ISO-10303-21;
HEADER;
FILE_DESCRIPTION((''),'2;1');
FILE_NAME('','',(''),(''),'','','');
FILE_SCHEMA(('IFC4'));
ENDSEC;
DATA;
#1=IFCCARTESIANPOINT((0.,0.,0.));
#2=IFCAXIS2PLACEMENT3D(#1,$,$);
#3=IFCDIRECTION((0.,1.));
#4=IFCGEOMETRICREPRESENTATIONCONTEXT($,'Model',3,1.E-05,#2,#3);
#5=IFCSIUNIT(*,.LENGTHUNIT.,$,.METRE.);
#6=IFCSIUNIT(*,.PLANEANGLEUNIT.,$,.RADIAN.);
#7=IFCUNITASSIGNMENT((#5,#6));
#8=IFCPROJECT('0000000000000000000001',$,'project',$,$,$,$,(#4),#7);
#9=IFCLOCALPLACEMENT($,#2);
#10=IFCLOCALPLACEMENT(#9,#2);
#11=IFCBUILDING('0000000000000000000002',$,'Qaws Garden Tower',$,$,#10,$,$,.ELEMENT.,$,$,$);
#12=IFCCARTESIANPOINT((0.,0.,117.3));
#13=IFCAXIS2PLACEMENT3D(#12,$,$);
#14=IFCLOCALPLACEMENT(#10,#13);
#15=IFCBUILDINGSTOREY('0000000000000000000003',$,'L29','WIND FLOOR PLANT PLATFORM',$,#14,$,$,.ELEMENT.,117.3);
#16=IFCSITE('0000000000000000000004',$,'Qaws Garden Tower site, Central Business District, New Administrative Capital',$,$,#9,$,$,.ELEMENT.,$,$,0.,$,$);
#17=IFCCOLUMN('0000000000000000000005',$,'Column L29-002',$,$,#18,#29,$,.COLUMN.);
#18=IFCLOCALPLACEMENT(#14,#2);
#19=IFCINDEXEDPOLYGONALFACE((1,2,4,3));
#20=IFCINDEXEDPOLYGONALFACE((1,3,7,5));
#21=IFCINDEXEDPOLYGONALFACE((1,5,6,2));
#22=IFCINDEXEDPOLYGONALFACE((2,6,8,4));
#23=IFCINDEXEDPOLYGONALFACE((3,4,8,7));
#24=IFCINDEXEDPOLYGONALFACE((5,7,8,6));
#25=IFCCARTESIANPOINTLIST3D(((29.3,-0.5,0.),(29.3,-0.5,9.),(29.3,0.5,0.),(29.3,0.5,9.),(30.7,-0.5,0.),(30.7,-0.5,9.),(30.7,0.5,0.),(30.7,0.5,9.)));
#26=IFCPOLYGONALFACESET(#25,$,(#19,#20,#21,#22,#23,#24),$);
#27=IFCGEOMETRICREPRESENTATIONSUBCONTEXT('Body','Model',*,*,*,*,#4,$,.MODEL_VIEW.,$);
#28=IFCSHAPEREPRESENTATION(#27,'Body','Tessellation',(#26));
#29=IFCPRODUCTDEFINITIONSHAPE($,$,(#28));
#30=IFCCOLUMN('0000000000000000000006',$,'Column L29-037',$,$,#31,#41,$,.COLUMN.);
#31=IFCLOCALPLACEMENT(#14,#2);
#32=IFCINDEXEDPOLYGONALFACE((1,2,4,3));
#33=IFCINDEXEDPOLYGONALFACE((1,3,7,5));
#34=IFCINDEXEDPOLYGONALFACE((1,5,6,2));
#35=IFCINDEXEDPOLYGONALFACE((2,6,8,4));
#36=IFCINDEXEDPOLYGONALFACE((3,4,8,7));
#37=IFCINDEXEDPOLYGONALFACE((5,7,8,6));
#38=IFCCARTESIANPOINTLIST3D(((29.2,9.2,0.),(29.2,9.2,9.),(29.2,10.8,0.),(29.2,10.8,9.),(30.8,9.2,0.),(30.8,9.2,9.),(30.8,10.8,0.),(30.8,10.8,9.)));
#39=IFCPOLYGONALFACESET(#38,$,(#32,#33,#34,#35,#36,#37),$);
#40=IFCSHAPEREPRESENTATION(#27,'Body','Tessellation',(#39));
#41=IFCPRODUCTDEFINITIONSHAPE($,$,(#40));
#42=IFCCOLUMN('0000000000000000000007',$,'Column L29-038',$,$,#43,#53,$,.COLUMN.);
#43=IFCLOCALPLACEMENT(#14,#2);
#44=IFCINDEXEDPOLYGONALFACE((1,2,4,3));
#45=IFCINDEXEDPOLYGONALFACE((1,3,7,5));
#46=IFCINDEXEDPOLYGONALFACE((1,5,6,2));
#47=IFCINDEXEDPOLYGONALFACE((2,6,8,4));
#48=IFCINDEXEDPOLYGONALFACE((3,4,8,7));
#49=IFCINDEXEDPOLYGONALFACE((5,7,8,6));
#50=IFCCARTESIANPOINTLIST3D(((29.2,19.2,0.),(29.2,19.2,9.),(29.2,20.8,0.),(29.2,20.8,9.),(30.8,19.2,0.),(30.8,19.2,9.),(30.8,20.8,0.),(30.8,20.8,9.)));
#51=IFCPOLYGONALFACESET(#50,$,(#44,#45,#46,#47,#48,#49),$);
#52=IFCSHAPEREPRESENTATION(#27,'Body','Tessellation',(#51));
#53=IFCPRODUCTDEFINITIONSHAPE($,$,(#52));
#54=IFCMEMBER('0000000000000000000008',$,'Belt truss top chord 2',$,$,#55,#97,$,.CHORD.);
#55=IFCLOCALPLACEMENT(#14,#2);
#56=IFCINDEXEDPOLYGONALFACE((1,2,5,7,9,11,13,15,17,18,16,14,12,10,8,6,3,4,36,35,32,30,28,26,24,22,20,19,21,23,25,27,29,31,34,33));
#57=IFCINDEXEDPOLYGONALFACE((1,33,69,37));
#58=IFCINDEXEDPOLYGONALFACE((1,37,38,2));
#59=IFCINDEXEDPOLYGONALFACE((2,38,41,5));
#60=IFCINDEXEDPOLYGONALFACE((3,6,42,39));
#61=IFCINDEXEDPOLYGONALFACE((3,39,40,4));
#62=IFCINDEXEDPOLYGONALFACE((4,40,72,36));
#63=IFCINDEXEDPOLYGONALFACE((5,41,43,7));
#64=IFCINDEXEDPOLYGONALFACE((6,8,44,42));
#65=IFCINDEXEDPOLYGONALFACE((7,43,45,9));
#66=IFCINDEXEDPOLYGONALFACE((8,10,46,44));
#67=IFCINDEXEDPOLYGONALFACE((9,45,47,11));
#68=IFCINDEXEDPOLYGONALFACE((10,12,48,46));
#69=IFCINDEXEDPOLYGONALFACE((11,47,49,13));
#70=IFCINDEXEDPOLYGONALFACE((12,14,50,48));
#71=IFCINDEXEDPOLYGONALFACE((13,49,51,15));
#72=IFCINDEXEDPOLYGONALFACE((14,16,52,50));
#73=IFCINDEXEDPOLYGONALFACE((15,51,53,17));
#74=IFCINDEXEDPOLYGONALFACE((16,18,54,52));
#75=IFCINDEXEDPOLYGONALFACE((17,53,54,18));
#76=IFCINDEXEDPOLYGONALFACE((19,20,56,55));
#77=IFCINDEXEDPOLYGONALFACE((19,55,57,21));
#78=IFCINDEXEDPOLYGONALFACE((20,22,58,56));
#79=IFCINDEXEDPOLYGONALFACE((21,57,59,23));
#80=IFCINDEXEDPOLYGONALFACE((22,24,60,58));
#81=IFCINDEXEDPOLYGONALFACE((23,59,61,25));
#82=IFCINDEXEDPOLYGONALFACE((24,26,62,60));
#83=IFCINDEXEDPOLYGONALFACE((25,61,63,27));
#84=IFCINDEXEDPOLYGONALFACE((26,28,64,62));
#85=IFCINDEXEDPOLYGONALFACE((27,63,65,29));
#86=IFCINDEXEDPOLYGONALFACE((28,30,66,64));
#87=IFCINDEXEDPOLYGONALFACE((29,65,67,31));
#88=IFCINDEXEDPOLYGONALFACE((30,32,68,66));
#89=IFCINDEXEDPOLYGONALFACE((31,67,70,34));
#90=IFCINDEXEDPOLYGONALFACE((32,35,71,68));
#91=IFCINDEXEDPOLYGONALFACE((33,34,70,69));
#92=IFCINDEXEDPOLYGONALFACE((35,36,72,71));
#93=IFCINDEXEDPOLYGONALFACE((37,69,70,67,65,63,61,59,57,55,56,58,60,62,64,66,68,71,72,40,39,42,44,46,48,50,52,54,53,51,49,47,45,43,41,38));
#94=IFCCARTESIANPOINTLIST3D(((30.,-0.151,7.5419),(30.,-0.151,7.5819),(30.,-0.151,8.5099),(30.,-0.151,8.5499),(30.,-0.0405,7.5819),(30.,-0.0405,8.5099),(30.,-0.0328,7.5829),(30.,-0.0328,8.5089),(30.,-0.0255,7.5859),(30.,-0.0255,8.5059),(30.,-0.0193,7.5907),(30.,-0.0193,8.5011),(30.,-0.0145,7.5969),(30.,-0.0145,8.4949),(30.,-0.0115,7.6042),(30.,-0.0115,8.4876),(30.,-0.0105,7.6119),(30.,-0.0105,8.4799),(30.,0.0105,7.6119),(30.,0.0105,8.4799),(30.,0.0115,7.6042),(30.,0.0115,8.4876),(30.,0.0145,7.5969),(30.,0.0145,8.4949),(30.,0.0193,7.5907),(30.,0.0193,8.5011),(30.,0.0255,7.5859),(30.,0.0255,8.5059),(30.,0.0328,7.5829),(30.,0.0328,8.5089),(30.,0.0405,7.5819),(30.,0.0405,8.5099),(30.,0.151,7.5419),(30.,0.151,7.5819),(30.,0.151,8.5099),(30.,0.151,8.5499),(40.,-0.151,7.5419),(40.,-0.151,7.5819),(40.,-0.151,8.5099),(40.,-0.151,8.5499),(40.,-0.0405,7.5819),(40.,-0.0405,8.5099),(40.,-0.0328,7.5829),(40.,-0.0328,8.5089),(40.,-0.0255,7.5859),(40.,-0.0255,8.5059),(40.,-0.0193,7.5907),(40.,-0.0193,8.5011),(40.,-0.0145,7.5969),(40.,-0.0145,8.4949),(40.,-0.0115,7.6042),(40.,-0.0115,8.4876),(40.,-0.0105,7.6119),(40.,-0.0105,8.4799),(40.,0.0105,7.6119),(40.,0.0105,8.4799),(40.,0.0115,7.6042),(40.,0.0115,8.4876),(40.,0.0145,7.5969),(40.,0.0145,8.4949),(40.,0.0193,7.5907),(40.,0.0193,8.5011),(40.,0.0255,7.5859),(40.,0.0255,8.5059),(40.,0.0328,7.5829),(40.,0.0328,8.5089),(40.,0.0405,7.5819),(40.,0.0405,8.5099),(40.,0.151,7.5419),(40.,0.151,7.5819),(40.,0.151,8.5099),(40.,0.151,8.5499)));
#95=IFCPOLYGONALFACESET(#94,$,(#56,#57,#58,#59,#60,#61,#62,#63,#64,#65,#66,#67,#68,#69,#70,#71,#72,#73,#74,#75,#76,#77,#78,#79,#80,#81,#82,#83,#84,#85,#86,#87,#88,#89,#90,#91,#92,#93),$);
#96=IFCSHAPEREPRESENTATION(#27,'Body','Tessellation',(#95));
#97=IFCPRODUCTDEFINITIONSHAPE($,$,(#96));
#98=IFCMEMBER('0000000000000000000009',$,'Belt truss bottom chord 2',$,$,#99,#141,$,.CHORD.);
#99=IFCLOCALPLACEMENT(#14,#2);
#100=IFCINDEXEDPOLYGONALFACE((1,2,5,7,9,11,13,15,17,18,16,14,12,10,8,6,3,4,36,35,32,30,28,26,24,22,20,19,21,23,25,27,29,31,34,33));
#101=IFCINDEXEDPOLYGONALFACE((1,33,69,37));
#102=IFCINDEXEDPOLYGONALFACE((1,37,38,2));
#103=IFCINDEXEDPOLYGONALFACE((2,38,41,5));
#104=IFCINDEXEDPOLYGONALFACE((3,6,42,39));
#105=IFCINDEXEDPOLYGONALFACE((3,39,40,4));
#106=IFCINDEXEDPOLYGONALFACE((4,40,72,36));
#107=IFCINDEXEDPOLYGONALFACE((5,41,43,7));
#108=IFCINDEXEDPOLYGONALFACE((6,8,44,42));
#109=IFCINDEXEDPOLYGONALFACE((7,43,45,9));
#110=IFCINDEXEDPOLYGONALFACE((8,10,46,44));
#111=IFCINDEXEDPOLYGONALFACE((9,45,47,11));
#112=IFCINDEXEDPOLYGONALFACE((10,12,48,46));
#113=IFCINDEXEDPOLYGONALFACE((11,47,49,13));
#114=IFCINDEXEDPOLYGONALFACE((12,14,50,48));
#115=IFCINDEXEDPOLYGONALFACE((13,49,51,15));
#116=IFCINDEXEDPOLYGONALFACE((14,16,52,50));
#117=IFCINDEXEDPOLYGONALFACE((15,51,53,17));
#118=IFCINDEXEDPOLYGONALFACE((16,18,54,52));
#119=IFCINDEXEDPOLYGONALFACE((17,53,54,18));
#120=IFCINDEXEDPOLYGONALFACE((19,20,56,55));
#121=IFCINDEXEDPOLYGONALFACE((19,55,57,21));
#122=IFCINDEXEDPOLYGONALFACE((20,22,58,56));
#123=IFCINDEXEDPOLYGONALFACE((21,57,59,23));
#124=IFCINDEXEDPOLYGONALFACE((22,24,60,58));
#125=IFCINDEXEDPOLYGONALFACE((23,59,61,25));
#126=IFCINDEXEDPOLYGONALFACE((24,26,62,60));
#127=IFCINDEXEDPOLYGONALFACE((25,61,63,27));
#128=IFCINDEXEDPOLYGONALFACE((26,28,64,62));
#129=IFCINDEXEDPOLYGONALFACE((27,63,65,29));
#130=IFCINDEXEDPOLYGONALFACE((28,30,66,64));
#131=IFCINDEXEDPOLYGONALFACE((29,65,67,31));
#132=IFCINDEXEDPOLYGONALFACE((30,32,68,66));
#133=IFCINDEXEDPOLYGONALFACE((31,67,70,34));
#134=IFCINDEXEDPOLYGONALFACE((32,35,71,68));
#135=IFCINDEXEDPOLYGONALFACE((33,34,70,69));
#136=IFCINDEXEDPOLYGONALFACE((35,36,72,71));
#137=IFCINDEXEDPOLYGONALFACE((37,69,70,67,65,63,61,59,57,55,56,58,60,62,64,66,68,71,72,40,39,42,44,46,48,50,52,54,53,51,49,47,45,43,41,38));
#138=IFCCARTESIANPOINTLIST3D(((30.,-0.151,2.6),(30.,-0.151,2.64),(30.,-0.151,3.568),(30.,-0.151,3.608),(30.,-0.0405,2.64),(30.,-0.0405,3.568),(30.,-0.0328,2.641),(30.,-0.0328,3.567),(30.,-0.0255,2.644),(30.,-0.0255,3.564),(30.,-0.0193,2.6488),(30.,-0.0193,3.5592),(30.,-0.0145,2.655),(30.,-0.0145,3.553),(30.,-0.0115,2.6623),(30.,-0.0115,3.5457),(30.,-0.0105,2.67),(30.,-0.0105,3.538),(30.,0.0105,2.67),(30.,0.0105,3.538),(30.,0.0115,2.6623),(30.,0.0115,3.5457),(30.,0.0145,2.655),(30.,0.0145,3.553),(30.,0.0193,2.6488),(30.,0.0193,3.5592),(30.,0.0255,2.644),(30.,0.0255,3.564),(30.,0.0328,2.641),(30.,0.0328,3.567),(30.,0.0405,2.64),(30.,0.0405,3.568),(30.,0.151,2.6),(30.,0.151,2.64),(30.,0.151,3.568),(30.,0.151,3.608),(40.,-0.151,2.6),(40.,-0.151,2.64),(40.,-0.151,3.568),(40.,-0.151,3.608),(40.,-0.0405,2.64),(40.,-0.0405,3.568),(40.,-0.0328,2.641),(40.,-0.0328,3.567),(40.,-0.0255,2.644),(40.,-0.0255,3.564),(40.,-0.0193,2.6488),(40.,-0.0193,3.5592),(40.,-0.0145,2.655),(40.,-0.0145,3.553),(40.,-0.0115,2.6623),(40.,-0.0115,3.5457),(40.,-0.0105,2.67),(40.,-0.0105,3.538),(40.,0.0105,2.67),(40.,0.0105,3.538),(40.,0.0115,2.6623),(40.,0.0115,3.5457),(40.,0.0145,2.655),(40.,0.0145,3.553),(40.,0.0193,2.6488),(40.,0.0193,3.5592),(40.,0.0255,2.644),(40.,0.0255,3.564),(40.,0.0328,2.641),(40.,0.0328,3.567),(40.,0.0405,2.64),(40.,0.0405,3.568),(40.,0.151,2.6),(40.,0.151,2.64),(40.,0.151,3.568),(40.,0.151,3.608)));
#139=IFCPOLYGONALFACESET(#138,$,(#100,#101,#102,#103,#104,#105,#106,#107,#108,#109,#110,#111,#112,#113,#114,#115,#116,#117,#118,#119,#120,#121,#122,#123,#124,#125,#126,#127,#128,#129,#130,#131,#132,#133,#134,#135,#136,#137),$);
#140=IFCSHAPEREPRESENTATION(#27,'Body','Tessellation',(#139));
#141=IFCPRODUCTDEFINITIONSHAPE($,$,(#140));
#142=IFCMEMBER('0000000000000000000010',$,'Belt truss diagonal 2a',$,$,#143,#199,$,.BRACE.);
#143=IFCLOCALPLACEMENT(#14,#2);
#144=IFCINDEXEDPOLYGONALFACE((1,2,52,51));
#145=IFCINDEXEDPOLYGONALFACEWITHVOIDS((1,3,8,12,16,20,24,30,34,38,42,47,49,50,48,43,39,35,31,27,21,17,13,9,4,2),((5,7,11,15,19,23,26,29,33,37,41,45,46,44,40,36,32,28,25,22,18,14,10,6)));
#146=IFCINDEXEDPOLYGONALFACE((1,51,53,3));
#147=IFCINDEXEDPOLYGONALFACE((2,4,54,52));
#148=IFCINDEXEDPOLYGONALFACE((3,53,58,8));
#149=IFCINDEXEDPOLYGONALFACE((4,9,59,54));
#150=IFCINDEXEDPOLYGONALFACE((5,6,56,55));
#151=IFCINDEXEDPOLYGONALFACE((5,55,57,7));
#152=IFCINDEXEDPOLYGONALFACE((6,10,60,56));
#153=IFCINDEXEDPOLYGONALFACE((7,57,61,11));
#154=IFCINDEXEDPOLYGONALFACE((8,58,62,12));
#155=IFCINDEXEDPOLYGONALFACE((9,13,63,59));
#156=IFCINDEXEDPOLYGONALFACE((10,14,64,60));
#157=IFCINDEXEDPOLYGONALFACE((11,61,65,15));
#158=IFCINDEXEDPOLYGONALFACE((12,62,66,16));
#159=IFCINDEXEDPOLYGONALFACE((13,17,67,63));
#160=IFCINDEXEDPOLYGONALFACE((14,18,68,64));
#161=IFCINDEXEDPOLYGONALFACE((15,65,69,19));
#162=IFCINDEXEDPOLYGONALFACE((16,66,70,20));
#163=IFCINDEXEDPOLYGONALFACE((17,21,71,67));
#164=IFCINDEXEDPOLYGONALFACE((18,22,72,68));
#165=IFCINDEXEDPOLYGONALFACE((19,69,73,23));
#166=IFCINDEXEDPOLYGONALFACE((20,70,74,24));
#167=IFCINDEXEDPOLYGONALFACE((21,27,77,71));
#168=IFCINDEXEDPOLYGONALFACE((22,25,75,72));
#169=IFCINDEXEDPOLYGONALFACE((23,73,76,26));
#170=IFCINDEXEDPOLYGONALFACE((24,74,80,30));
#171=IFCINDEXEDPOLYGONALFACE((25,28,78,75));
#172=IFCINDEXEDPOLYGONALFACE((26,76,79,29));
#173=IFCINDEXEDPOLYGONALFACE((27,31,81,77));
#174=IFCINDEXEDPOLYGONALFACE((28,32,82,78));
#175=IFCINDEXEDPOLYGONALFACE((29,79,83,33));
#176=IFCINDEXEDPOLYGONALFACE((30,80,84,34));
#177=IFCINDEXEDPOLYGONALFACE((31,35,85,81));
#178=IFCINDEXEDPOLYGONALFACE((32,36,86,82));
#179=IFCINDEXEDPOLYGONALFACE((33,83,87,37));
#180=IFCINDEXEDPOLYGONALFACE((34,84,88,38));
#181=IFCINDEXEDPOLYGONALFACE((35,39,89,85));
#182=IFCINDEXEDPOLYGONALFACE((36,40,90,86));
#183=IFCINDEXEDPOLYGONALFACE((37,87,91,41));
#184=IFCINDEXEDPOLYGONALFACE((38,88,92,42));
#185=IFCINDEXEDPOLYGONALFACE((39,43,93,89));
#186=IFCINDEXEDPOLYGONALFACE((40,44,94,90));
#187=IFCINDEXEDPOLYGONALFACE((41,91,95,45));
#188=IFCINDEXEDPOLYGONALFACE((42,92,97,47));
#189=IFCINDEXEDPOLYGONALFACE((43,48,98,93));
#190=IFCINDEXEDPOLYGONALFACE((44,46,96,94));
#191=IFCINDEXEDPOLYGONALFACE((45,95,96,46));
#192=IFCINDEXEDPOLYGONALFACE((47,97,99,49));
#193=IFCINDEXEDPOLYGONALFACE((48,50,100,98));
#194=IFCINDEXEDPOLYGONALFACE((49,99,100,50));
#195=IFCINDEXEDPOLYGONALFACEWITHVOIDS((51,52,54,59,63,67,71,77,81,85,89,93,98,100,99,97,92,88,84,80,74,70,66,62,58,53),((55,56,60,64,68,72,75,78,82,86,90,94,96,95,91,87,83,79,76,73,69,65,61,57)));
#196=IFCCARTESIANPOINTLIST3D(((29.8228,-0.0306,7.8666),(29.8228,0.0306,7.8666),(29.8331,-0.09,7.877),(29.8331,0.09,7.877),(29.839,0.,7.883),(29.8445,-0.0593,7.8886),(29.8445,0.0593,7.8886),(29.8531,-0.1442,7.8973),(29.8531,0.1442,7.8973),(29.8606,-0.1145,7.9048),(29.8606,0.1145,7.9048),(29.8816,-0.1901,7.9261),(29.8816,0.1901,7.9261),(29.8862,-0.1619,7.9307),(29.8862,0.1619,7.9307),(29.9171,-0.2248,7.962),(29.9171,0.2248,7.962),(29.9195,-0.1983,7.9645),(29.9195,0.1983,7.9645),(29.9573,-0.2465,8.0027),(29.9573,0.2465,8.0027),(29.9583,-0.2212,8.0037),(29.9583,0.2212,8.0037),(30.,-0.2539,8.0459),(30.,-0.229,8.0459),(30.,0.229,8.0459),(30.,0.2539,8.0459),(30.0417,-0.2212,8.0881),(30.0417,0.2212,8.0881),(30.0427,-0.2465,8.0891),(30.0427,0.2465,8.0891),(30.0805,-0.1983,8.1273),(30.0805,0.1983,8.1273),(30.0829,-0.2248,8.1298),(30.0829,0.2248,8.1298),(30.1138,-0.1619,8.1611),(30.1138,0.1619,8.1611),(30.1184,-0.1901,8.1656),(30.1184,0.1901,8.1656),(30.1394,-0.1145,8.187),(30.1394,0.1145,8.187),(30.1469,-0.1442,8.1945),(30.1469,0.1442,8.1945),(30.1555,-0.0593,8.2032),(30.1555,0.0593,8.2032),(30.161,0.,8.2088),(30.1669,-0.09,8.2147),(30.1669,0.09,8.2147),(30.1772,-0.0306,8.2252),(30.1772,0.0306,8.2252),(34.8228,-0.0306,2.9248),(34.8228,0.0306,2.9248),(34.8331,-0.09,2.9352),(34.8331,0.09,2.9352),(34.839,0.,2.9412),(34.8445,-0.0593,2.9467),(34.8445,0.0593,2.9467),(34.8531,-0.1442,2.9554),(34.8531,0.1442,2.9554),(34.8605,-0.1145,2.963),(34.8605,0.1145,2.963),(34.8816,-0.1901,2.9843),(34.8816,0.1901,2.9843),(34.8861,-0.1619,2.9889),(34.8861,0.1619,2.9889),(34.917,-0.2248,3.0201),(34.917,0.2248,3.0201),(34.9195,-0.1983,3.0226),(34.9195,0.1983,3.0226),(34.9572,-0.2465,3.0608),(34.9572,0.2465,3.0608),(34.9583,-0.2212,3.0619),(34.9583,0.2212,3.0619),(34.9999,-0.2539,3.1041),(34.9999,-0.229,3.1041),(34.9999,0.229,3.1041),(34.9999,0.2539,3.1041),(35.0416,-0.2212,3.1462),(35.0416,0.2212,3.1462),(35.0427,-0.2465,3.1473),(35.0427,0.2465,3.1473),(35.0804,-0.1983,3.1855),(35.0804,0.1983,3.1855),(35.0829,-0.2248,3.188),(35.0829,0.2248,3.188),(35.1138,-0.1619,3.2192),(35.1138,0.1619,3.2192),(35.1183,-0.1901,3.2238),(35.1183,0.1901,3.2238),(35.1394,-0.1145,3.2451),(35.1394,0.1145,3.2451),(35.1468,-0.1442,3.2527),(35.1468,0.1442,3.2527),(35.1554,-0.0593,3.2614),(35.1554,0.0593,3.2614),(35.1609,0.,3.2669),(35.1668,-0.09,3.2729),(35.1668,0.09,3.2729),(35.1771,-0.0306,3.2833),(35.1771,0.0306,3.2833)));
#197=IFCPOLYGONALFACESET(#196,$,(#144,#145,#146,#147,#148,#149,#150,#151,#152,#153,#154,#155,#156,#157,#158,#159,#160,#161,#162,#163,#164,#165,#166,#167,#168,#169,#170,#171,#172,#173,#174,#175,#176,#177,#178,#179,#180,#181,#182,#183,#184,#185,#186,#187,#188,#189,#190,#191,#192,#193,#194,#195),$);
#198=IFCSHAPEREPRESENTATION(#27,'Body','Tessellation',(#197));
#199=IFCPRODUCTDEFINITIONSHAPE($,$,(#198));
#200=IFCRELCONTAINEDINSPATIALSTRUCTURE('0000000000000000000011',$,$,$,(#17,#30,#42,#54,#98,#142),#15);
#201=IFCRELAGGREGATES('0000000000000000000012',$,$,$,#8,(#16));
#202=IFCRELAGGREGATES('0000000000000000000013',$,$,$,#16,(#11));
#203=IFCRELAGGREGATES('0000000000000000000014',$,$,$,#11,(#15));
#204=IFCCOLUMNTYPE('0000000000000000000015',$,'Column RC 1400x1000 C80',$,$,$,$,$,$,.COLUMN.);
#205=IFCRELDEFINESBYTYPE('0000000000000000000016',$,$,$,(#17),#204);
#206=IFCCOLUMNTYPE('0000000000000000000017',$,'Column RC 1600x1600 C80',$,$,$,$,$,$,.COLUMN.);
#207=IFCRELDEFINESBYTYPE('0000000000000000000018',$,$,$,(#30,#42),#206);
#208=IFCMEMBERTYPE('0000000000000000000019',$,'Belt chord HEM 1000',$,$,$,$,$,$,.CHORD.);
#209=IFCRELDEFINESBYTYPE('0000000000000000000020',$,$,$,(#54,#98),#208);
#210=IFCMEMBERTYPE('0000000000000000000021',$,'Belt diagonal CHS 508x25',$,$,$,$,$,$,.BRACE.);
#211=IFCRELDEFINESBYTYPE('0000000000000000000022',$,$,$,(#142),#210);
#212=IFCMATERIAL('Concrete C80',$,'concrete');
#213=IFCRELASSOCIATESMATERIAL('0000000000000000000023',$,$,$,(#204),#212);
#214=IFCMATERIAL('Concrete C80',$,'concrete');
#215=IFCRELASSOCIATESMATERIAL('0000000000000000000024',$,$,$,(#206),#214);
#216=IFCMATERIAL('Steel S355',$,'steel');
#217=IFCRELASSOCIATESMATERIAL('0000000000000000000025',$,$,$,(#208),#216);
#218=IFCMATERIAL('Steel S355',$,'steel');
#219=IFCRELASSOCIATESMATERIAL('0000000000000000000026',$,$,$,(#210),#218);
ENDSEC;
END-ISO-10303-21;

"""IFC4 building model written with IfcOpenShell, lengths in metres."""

from ifc_helpers import new_model, si_unit, direction, frame, origin, origin_2d, place, context, subcontext, project, spatial, rectangle, hollow_circle, i_section, extrude, material, material_profile, profile_set, type_object, element, save


model = new_model("IFC4")

# Units and contexts
model_context = context("Model", 3, precision=1e-05, world=origin(), true_north=direction((0.0, 1.0)))
body_context = subcontext(model_context, "Body", "Model", "MODEL_VIEW")
ifc_project = project(units=[si_unit("LENGTHUNIT", "METRE"), si_unit("PLANEANGLEUNIT", "RADIAN")], contexts=[model_context])

# Site, building, storey
site_placement = place(None, origin())
site = spatial("IfcSite", under=ifc_project, at=site_placement, Name="Qaws Garden Tower site, Central Business District, New Administrative Capital", CompositionType="ELEMENT", RefElevation=0.0)
building_placement = place(site_placement, origin())
building = spatial("IfcBuilding", under=site, at=building_placement, Name="Qaws Garden Tower", CompositionType="ELEMENT")
storey_placement = place(building_placement, frame((0.0, 0.0, 117.3)))
storey = spatial("IfcBuildingStorey", under=building, at=storey_placement, Name="L29", Description="WIND FLOOR PLANT PLATFORM", CompositionType="ELEMENT", Elevation=117.3)

# Columns
ifc_material_1 = material(Name="Concrete C80", Category="concrete")
ifc_material_profile_1 = material_profile(ifc_material_1, rectangle(XDim=1.3999, YDim=1.0, at=origin_2d()), Name="RC 1400x1000")
ifc_profile_set_1 = profile_set([ifc_material_profile_1], Name="Concrete C80")
column_type_1 = type_object("IfcColumnType", Name="Column RC 1400x1000 C80", PredefinedType="COLUMN", material=ifc_profile_set_1)
column_placement = place(storey_placement, frame((30.0, 0.0, 0.0), z_axis=(0.0, 0.0, 1.0), x_axis=(1.0, 0.0, 0.0)))
element("IfcColumn", 1, at=column_placement, inside=storey, type_object=column_type_1, Name="Column L29-002", PredefinedType="COLUMN", context=body_context, shape_type="SweptSolid", body=[
    extrude(rectangle(XDim=1.3999, YDim=1.0, at=origin_2d()), origin(), (0.0, 0.0, 1.0), 9.0),
])
ifc_material_2 = material(Name="Concrete C80", Category="concrete")
ifc_material_profile_2 = material_profile(ifc_material_2, rectangle(XDim=1.6001, YDim=1.6001, at=origin_2d()), Name="RC 1600x1600")
ifc_profile_set_2 = profile_set([ifc_material_profile_2], Name="Concrete C80")
column_type_2 = type_object("IfcColumnType", Name="Column RC 1600x1600 C80", PredefinedType="COLUMN", material=ifc_profile_set_2)
for number, where, z_axis, x_axis, name in (
    (2, (30.0, 10.0, 0.0), (0.0, 0.0, 1.0), (1.0, 0.0, 0.0), "Column L29-037"),
    (3, (30.0, 20.0, 0.0), (0.0, 0.0, 1.0), (1.0, 0.0, 0.0), "Column L29-038"),
):
    element("IfcColumn", number, at=place(storey_placement, frame(where, z_axis=z_axis, x_axis=x_axis)), inside=storey, type_object=column_type_2, Name=name, PredefinedType="COLUMN", context=body_context, shape_type="SweptSolid", body=[
        extrude(rectangle(XDim=1.6001, YDim=1.6001, at=origin_2d()), origin(), (0.0, 0.0, 1.0), 9.0),
    ])

# Members
ifc_material_3 = material(Name="Steel S355", Category="steel")
ifc_material_profile_3 = material_profile(ifc_material_3, i_section(OverallWidth=0.302, OverallDepth=1.0081, WebThickness=0.021, FlangeThickness=0.04, FilletRadius=0.03, at=origin_2d()), Name="HEM 1000")
ifc_profile_set_3 = profile_set([ifc_material_profile_3], Name="Steel S355")
member_type_1 = type_object("IfcMemberType", Name="Belt chord HEM 1000", PredefinedType="CHORD", material=ifc_profile_set_3)
for number, where, z_axis, x_axis, name in (
    (4, (30.0, 0.0, 8.0459), (1.0, 0.0, 0.0), (0.0, 1.0, 0.0), "Belt truss top chord 2"),
    (5, (30.0, 0.0, 3.104), (1.0, 0.0, 0.0), (0.0, 1.0, 0.0), "Belt truss bottom chord 2"),
):
    element("IfcMember", number, at=place(storey_placement, frame(where, z_axis=z_axis, x_axis=x_axis)), inside=storey, type_object=member_type_1, Name=name, PredefinedType="CHORD", context=body_context, shape_type="SweptSolid", body=[
        extrude(i_section(OverallWidth=0.302, OverallDepth=1.0081, WebThickness=0.021, FlangeThickness=0.04, FilletRadius=0.03, at=origin_2d()), origin(), (0.0, 0.0, 1.0), 10.0),
    ])
ifc_material_4 = material(Name="Steel S355", Category="steel")
ifc_material_profile_4 = material_profile(ifc_material_4, hollow_circle(Radius=0.2539, WallThickness=0.0249, at=origin_2d()), Name="CHS 508x25")
ifc_profile_set_4 = profile_set([ifc_material_profile_4], Name="Steel S355")
member_type_2 = type_object("IfcMemberType", Name="Belt diagonal CHS 508x25", PredefinedType="BRACE", material=ifc_profile_set_4)
member_placement = place(storey_placement, frame((30.0, 0.0, 8.0459), z_axis=(0.711227, 0.0, -0.702962), x_axis=(0.0, 1.0, 0.0)))
element("IfcMember", 6, at=member_placement, inside=storey, type_object=member_type_2, Name="Belt truss diagonal 2a", PredefinedType="BRACE", context=body_context, shape_type="SweptSolid", body=[
    extrude(hollow_circle(Radius=0.2539, WallThickness=0.0249, at=origin_2d()), origin(), (0.0, 0.0, 1.0), 7.03),
])

save(model, "model.ifc")
